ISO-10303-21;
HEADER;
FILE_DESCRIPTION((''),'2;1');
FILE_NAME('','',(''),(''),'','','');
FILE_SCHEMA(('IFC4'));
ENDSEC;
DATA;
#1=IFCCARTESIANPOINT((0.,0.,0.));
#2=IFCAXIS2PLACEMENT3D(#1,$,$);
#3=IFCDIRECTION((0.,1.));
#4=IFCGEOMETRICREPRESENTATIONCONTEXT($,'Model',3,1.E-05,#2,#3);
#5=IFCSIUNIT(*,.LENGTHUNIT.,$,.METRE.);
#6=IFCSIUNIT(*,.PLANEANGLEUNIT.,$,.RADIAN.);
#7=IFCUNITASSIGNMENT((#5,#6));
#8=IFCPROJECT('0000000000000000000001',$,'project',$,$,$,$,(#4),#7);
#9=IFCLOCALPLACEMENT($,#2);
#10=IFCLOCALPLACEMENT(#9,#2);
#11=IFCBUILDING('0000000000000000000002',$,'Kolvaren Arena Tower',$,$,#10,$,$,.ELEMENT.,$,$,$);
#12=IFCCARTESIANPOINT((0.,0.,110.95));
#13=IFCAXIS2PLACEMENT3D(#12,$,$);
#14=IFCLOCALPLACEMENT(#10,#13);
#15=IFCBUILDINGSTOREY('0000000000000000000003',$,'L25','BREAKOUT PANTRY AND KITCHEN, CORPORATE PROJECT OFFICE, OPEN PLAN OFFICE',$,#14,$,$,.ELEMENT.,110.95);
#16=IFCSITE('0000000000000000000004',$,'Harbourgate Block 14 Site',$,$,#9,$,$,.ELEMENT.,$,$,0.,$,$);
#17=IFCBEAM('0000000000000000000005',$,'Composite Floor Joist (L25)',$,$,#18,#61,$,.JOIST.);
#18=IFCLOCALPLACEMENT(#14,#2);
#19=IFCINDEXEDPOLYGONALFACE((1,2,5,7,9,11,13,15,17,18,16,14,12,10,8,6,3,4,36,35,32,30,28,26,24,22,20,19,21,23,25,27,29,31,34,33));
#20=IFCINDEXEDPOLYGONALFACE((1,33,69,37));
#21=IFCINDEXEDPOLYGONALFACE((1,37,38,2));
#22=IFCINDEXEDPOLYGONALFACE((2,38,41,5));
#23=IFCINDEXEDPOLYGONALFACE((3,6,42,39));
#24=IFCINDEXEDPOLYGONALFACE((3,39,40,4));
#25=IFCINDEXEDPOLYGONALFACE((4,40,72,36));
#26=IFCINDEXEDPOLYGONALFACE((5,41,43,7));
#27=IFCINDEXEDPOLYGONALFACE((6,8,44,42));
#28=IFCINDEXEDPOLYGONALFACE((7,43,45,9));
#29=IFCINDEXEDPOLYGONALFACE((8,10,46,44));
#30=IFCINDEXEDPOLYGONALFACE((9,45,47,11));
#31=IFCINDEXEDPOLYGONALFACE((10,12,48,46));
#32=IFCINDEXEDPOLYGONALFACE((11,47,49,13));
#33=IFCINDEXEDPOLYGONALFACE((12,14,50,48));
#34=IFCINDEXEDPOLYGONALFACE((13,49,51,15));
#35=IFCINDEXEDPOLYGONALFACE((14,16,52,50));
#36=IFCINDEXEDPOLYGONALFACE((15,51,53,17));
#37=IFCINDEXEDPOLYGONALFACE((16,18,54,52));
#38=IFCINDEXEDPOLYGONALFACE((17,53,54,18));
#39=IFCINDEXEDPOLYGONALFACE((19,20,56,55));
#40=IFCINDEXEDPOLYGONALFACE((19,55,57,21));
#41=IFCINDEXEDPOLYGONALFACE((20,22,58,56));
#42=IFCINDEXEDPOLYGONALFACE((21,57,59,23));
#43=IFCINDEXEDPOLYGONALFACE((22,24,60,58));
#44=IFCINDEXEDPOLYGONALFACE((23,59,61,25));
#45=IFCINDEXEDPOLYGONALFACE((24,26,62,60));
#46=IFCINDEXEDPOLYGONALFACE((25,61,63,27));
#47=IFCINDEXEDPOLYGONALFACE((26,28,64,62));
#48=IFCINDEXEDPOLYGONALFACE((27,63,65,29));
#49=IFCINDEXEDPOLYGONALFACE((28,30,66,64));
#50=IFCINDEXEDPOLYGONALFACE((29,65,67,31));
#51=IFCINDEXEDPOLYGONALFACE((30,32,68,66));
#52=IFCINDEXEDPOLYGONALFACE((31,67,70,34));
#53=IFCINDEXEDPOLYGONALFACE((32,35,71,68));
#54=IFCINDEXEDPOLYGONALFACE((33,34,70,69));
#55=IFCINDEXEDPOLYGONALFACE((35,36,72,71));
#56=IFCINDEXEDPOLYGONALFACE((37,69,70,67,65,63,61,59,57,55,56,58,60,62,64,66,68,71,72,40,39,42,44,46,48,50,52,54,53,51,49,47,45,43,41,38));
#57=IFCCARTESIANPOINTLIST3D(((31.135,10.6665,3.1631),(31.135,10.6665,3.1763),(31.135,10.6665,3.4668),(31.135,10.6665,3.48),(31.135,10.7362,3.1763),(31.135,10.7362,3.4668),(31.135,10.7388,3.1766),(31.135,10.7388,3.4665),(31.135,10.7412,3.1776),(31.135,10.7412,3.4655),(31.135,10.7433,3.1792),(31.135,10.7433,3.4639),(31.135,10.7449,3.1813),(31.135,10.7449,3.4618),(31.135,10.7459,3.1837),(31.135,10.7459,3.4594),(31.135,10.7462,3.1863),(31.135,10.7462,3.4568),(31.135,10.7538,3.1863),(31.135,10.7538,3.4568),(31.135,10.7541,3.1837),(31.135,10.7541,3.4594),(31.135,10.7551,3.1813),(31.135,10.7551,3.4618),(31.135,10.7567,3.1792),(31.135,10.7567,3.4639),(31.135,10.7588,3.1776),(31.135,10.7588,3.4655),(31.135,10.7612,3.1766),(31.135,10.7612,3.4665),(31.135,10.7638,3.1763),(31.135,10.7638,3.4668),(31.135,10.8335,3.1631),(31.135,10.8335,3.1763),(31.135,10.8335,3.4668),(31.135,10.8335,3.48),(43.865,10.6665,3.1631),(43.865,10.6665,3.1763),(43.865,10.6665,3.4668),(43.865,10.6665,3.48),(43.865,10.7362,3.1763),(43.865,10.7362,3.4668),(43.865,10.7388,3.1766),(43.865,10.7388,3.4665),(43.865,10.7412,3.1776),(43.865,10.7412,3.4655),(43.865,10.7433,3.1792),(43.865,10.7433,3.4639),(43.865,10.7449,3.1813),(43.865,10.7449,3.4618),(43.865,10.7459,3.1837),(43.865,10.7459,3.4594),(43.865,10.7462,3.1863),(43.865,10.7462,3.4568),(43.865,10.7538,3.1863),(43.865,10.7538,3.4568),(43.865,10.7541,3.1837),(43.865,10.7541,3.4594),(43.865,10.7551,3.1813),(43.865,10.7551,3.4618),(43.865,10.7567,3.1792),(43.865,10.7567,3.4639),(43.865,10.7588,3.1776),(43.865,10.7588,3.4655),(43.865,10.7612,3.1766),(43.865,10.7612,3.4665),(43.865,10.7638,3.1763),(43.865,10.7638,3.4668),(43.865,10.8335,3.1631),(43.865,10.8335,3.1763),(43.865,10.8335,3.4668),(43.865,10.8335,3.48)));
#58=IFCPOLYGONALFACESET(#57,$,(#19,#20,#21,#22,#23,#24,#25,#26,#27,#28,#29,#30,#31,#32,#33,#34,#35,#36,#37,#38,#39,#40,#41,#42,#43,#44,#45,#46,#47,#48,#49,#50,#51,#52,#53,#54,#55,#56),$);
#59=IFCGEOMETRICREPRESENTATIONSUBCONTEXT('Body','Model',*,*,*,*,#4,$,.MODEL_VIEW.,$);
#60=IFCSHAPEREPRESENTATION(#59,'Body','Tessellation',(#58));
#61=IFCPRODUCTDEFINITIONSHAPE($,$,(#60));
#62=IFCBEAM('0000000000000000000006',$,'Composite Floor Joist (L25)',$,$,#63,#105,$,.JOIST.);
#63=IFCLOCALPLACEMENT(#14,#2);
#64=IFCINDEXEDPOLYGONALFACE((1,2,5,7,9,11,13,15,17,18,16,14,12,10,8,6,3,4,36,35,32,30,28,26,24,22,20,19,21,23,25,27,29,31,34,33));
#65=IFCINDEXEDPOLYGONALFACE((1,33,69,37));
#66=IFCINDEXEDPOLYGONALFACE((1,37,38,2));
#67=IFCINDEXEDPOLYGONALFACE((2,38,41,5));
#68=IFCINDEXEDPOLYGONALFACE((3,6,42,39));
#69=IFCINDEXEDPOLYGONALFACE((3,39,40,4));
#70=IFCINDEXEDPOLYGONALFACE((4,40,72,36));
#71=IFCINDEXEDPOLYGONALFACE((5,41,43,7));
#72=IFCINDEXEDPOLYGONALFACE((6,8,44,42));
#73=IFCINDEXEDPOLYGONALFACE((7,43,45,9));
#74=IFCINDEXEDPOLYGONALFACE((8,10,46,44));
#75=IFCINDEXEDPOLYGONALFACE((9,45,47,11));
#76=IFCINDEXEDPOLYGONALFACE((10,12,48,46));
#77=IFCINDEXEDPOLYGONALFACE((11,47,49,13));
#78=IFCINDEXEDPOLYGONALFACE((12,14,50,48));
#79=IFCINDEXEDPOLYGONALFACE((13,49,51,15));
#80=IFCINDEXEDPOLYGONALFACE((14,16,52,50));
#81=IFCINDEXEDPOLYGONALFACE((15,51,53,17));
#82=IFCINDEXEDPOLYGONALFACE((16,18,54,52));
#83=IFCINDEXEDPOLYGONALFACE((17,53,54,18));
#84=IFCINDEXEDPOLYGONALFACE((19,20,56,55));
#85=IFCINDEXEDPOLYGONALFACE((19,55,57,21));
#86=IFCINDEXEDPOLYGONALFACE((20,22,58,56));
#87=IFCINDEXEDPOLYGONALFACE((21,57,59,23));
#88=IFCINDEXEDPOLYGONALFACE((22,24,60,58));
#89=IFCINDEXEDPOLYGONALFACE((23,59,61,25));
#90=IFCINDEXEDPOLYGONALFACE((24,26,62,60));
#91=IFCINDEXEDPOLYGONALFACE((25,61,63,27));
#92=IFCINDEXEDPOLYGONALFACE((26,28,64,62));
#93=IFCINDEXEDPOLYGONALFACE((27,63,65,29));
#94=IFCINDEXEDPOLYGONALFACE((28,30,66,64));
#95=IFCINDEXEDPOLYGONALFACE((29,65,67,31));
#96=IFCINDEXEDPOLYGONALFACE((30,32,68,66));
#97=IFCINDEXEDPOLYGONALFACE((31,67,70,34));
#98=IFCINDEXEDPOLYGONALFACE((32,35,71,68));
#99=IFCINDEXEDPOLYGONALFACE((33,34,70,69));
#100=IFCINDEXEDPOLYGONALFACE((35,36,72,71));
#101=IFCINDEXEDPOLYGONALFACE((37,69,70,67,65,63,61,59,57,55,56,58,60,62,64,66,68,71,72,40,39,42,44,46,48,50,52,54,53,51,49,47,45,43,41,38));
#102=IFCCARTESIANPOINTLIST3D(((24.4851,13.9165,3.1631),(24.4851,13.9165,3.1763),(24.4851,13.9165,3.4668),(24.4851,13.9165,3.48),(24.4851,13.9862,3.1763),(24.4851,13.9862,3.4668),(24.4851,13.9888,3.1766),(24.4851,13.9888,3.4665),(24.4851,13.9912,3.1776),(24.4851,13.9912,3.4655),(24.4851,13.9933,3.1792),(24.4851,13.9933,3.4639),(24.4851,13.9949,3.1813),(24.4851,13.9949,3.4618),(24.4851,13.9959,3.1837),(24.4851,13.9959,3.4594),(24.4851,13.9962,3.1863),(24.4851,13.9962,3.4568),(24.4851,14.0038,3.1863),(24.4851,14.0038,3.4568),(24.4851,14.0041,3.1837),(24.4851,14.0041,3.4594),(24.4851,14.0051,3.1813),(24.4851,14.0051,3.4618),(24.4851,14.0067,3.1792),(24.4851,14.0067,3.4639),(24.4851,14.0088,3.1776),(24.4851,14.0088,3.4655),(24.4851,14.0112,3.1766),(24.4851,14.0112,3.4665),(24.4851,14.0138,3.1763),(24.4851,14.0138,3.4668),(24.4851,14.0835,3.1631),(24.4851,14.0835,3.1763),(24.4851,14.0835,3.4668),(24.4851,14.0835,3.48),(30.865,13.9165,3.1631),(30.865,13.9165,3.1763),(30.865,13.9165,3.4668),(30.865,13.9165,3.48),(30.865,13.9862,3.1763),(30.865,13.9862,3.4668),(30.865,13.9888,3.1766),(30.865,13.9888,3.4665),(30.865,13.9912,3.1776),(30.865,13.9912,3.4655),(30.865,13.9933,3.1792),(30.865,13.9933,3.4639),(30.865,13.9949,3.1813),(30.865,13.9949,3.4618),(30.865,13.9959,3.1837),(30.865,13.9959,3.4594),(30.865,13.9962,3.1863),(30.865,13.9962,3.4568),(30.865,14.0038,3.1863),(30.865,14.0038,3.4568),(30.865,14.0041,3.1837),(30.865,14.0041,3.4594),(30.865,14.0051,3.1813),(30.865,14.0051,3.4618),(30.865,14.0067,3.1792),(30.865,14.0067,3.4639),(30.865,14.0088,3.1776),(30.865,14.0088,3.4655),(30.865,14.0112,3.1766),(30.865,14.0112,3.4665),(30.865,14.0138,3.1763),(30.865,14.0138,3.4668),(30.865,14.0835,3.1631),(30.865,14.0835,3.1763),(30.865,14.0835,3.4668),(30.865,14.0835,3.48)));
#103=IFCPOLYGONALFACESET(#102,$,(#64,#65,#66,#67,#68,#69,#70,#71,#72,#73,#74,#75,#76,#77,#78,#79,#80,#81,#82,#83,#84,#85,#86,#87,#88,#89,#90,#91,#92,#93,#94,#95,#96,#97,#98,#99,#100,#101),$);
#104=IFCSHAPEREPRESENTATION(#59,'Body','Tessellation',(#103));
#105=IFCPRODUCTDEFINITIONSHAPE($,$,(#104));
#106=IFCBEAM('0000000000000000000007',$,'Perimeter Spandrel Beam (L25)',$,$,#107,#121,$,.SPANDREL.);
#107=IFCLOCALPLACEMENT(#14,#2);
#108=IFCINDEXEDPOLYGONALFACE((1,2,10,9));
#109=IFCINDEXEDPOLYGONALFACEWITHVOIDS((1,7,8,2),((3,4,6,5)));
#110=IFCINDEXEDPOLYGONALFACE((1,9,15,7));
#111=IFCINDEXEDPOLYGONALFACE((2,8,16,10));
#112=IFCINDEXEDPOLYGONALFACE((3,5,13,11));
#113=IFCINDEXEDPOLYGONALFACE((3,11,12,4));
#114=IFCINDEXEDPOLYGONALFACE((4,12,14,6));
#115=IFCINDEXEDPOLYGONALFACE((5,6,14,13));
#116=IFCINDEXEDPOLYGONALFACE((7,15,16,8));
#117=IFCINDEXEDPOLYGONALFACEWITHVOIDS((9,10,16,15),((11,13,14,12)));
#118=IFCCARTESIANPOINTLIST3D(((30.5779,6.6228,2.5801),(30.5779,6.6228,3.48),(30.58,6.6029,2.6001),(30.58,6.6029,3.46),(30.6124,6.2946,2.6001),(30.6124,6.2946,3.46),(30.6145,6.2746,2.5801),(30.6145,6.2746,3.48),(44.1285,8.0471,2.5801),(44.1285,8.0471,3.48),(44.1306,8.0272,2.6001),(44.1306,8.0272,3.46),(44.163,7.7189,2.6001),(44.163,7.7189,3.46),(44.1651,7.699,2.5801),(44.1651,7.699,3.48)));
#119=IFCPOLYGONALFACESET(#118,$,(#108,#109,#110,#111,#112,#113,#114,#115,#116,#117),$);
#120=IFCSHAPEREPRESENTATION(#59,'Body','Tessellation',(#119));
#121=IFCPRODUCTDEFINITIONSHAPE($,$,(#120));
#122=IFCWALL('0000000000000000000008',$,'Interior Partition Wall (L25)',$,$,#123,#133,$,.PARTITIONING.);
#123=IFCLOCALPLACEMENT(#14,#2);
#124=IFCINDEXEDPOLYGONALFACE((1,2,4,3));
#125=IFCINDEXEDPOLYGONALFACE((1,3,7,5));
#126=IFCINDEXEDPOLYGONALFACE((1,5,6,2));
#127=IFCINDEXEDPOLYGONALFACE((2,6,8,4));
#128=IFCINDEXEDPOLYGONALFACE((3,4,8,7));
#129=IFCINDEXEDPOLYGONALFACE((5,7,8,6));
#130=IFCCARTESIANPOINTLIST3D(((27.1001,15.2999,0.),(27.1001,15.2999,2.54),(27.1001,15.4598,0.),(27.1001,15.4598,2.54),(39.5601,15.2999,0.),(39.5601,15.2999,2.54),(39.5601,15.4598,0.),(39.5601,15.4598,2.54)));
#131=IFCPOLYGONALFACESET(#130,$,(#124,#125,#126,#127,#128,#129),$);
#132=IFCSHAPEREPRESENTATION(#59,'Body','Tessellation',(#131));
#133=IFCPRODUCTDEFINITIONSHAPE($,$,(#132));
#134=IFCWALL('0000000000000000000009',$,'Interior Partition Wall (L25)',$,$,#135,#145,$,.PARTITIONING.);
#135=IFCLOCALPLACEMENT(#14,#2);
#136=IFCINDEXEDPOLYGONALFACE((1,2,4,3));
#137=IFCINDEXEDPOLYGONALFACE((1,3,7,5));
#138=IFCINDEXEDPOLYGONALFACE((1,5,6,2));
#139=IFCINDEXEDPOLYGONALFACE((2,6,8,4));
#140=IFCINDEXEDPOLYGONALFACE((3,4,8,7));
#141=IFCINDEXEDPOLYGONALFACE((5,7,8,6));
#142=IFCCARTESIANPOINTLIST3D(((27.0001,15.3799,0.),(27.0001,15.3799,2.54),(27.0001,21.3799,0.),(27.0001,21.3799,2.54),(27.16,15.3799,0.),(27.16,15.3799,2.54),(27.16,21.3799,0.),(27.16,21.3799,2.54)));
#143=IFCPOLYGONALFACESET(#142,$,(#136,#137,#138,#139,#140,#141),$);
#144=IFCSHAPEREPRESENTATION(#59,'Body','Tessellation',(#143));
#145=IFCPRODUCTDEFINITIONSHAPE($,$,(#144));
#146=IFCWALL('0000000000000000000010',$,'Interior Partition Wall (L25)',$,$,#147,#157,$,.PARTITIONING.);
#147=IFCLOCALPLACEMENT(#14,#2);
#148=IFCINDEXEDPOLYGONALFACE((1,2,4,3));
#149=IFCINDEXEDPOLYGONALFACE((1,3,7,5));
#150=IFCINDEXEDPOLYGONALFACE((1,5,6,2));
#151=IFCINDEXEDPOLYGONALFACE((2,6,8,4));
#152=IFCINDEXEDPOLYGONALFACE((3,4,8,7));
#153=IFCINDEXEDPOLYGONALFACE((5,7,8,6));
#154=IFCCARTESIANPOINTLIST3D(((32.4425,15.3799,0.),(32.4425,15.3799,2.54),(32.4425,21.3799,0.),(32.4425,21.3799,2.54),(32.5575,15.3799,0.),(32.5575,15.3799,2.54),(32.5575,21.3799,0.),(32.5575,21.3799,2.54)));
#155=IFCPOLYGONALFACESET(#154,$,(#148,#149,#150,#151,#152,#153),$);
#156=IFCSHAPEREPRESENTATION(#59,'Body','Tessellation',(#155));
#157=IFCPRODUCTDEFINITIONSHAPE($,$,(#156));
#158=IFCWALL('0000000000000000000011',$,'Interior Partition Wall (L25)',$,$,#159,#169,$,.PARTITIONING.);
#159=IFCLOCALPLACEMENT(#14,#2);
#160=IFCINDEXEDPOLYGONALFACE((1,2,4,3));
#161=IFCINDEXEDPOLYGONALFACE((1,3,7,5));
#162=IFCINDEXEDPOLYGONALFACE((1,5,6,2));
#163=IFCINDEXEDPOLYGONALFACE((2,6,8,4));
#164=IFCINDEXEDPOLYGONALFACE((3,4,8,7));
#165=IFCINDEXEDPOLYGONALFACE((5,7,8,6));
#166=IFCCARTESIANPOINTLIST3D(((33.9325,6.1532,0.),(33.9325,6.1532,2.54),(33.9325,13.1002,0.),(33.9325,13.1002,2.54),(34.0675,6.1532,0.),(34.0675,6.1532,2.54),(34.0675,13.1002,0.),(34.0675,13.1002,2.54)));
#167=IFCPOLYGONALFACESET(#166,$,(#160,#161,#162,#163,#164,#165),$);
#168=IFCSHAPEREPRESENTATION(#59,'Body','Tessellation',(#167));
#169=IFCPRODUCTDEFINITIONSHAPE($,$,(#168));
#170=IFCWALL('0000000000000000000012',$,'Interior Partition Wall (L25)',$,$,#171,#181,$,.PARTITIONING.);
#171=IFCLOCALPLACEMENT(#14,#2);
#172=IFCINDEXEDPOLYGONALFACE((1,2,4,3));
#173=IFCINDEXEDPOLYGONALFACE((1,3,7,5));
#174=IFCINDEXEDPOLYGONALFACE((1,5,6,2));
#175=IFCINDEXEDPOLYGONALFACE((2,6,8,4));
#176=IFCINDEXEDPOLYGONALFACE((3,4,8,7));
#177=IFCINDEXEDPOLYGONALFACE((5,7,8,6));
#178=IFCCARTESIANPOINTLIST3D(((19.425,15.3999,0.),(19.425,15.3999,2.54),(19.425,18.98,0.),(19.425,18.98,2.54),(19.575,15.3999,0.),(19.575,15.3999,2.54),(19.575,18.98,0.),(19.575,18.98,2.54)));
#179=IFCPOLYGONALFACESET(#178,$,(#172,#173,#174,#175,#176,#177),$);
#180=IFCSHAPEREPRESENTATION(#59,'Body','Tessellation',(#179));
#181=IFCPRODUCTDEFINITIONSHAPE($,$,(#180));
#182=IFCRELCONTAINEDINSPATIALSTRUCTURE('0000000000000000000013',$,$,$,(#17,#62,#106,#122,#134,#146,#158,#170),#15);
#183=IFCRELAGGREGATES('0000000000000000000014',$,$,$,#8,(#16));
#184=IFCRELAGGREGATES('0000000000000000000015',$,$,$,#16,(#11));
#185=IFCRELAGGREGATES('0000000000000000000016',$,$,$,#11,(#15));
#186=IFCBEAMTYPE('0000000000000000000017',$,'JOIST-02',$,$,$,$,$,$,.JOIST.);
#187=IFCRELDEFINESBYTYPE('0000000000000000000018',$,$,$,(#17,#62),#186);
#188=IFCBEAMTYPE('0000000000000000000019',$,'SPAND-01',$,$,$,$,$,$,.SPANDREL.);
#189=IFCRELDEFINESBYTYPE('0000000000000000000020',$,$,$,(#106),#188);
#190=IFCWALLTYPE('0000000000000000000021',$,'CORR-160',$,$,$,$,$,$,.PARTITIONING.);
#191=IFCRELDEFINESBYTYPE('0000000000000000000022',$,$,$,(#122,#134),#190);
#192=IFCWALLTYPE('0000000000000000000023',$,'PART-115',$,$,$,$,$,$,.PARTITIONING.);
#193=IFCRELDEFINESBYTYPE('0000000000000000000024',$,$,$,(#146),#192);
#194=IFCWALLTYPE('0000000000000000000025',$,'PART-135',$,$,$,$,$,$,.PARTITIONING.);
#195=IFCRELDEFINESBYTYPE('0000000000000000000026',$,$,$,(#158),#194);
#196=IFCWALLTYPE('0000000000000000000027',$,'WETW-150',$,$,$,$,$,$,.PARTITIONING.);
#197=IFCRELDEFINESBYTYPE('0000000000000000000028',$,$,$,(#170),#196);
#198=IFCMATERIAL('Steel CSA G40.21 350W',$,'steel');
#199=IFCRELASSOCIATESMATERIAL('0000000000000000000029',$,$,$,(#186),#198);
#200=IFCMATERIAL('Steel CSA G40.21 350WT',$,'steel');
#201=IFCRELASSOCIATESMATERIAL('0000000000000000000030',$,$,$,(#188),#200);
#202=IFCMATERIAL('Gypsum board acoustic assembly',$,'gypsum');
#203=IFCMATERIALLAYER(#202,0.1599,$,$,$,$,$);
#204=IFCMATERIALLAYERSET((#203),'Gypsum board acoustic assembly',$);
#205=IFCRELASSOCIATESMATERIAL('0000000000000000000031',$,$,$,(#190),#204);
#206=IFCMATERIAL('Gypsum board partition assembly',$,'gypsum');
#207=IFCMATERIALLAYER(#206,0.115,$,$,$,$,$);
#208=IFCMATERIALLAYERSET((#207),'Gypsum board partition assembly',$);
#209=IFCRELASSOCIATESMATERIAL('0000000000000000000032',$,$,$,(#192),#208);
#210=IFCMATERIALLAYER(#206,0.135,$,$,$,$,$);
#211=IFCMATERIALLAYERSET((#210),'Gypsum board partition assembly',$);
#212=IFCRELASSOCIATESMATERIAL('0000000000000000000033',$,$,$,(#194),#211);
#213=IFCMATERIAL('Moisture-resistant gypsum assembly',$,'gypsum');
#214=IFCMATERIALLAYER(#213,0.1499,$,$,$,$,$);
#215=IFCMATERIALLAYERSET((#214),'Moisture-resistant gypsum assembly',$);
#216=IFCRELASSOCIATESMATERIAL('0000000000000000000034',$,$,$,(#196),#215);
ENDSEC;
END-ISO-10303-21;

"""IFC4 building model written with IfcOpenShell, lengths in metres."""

from ifc_helpers import new_model, si_unit, direction, frame, frame_2d, origin, origin_2d, place, context, subcontext, project, spatial, rectangle, hollow_rectangle, i_section, extrude, material, layer, layer_set, material_profile, profile_set, type_object, element, save


model = new_model("IFC4")

# Units and contexts
model_context = context("Model", 3, precision=1e-05, world=origin(), true_north=direction((0.0, 1.0)))
body_context = subcontext(model_context, "Body", "Model", "MODEL_VIEW")
ifc_project = project(units=[si_unit("LENGTHUNIT", "METRE"), si_unit("PLANEANGLEUNIT", "RADIAN")], contexts=[model_context])

# Site, building, storey
site_placement = place(None, origin())
site = spatial("IfcSite", under=ifc_project, at=site_placement, Name="Harbourgate Block 14 Site", CompositionType="ELEMENT", RefElevation=0.0)
building_placement = place(site_placement, origin())
building = spatial("IfcBuilding", under=site, at=building_placement, Name="Kolvaren Arena Tower", CompositionType="ELEMENT")
storey_placement = place(building_placement, frame((0.0, 0.0, 110.95)))
storey = spatial("IfcBuildingStorey", under=building, at=storey_placement, Name="L25", Description="BREAKOUT PANTRY AND KITCHEN, CORPORATE PROJECT OFFICE, OPEN PLAN OFFICE", CompositionType="ELEMENT", Elevation=110.95)

# Beams
ifc_material_1 = material(Name="Steel CSA G40.21 350W", Category="steel")
ifc_material_profile_1 = material_profile(ifc_material_1, i_section(OverallWidth=0.167, OverallDepth=0.3169, WebThickness=0.0076, FlangeThickness=0.0132, FilletRadius=0.01, at=origin_2d()), Name="W310x52")
ifc_profile_set_1 = profile_set([ifc_material_profile_1], Name="Steel CSA G40.21 350W")
beam_type_1 = type_object("IfcBeamType", Name="JOIST-02", PredefinedType="JOIST", material=ifc_profile_set_1)
beam_1_placement = place(storey_placement, frame((31.135, 10.75, 3.3215), z_axis=(1.0, 0.0, 0.0), x_axis=(0.0, 1.0, 0.0)))
element("IfcBeam", 1, at=beam_1_placement, inside=storey, type_object=beam_type_1, Name="Composite Floor Joist (L25)", PredefinedType="JOIST", context=body_context, shape_type="SweptSolid", body=[
    extrude(i_section(OverallWidth=0.167, OverallDepth=0.3169, WebThickness=0.0076, FlangeThickness=0.0132, FilletRadius=0.01, at=origin_2d()), origin(), (0.0, 0.0, 1.0), 12.73),
])
beam_2_placement = place(storey_placement, frame((24.4851, 14.0, 3.3215), z_axis=(1.0, 0.0, 0.0), x_axis=(0.0, 1.0, 0.0)))
element("IfcBeam", 2, at=beam_2_placement, inside=storey, type_object=beam_type_1, Name="Composite Floor Joist (L25)", PredefinedType="JOIST", context=body_context, shape_type="SweptSolid", body=[
    extrude(i_section(OverallWidth=0.167, OverallDepth=0.3169, WebThickness=0.0076, FlangeThickness=0.0132, FilletRadius=0.01, at=origin_2d()), origin(), (0.0, 0.0, 1.0), 6.3799),
])
ifc_material_2 = material(Name="Steel CSA G40.21 350WT", Category="steel")
ifc_material_profile_2 = material_profile(ifc_material_2, hollow_rectangle(XDim=0.3501, YDim=0.8999, WallThickness=0.02, at=origin_2d()), Name="HSS 900x350x20")
ifc_profile_set_2 = profile_set([ifc_material_profile_2], Name="Steel CSA G40.21 350WT")
beam_type_2 = type_object("IfcBeamType", Name="SPAND-01", PredefinedType="SPANDREL", material=ifc_profile_set_2)
beam_3_placement = place(storey_placement, frame((30.5962, 6.4487, 3.03), z_axis=(0.994521, 0.104536, 0.0), x_axis=(-0.104536, 0.994521, 0.0)))
element("IfcBeam", 3, at=beam_3_placement, inside=storey, type_object=beam_type_2, Name="Perimeter Spandrel Beam (L25)", PredefinedType="SPANDREL", context=body_context, shape_type="SweptSolid", body=[
    extrude(hollow_rectangle(XDim=0.3501, YDim=0.8999, WallThickness=0.02, at=origin_2d()), origin(), (0.0, 0.0, 1.0), 13.6252),
])

# Walls
ifc_material_3 = material(Name="Gypsum board acoustic assembly", Category="gypsum")
ifc_layer_1 = layer(ifc_material_3, 0.1599)
ifc_layer_set_1 = layer_set([ifc_layer_1], Name="Gypsum board acoustic assembly")
wall_type_1 = type_object("IfcWallType", Name="CORR-160", PredefinedType="PARTITIONING", material=ifc_layer_set_1)
wall_1_placement = place(storey_placement, frame((27.1001, 15.3799, 0.0), z_axis=(0.0, 0.0, 1.0), x_axis=(1.0, 0.0, 0.0)))
element("IfcWall", 4, at=wall_1_placement, inside=storey, type_object=wall_type_1, Name="Interior Partition Wall (L25)", PredefinedType="PARTITIONING", context=body_context, shape_type="SweptSolid", body=[
    extrude(rectangle(XDim=12.46, YDim=0.1599, at=frame_2d((6.23, 0.0))), origin(), (0.0, 0.0, 1.0), 2.54),
])
wall_2_placement = place(storey_placement, frame((27.0801, 15.3799, 0.0), z_axis=(0.0, 0.0, 1.0), x_axis=(0.0, 1.0, 0.0)))
element("IfcWall", 5, at=wall_2_placement, inside=storey, type_object=wall_type_1, Name="Interior Partition Wall (L25)", PredefinedType="PARTITIONING", context=body_context, shape_type="SweptSolid", body=[
    extrude(rectangle(XDim=6.0, YDim=0.1599, at=frame_2d((3.0, 0.0))), origin(), (0.0, 0.0, 1.0), 2.54),
])
ifc_material_4 = material(Name="Gypsum board partition assembly", Category="gypsum")
ifc_layer_2 = layer(ifc_material_4, 0.115)
ifc_layer_set_2 = layer_set([ifc_layer_2], Name="Gypsum board partition assembly")
wall_type_2 = type_object("IfcWallType", Name="PART-115", PredefinedType="PARTITIONING", material=ifc_layer_set_2)
wall_3_placement = place(storey_placement, frame((32.5, 15.3799, 0.0), z_axis=(0.0, 0.0, 1.0), x_axis=(0.0, 1.0, 0.0)))
element("IfcWall", 6, at=wall_3_placement, inside=storey, type_object=wall_type_2, Name="Interior Partition Wall (L25)", PredefinedType="PARTITIONING", context=body_context, shape_type="SweptSolid", body=[
    extrude(rectangle(XDim=6.0, YDim=0.115, at=frame_2d((3.0, 0.0))), origin(), (0.0, 0.0, 1.0), 2.54),
])
ifc_layer_3 = layer(ifc_material_4, 0.135)
ifc_layer_set_3 = layer_set([ifc_layer_3], Name="Gypsum board partition assembly")
wall_type_3 = type_object("IfcWallType", Name="PART-135", PredefinedType="PARTITIONING", material=ifc_layer_set_3)
wall_4_placement = place(storey_placement, frame((34.0, 6.1531, 0.0), z_axis=(0.0, 0.0, 1.0), x_axis=(0.0, 1.0, 0.0)))
element("IfcWall", 7, at=wall_4_placement, inside=storey, type_object=wall_type_3, Name="Interior Partition Wall (L25)", PredefinedType="PARTITIONING", context=body_context, shape_type="SweptSolid", body=[
    extrude(rectangle(XDim=6.947, YDim=0.135, at=frame_2d((3.4736, 0.0))), origin(), (0.0, 0.0, 1.0), 2.54),
])
ifc_material_5 = material(Name="Moisture-resistant gypsum assembly", Category="gypsum")
ifc_layer_4 = layer(ifc_material_5, 0.1499)
ifc_layer_set_4 = layer_set([ifc_layer_4], Name="Moisture-resistant gypsum assembly")
wall_type_4 = type_object("IfcWallType", Name="WETW-150", PredefinedType="PARTITIONING", material=ifc_layer_set_4)
for number, where, z_axis, x_axis, name in (
    (8, (19.5, 15.3999, 0.0), (0.0, 0.0, 1.0), (0.0, 1.0, 0.0), "Interior Partition Wall (L25)"),
):
    element("IfcWall", number, at=place(storey_placement, frame(where, z_axis=z_axis, x_axis=x_axis)), inside=storey, type_object=wall_type_4, Name=name, PredefinedType="PARTITIONING", context=body_context, shape_type="SweptSolid", body=[
        extrude(rectangle(XDim=3.5801, YDim=0.1499, at=frame_2d((1.79, 0.0))), origin(), (0.0, 0.0, 1.0), 2.54),
    ])

save(model, "model.ifc")
